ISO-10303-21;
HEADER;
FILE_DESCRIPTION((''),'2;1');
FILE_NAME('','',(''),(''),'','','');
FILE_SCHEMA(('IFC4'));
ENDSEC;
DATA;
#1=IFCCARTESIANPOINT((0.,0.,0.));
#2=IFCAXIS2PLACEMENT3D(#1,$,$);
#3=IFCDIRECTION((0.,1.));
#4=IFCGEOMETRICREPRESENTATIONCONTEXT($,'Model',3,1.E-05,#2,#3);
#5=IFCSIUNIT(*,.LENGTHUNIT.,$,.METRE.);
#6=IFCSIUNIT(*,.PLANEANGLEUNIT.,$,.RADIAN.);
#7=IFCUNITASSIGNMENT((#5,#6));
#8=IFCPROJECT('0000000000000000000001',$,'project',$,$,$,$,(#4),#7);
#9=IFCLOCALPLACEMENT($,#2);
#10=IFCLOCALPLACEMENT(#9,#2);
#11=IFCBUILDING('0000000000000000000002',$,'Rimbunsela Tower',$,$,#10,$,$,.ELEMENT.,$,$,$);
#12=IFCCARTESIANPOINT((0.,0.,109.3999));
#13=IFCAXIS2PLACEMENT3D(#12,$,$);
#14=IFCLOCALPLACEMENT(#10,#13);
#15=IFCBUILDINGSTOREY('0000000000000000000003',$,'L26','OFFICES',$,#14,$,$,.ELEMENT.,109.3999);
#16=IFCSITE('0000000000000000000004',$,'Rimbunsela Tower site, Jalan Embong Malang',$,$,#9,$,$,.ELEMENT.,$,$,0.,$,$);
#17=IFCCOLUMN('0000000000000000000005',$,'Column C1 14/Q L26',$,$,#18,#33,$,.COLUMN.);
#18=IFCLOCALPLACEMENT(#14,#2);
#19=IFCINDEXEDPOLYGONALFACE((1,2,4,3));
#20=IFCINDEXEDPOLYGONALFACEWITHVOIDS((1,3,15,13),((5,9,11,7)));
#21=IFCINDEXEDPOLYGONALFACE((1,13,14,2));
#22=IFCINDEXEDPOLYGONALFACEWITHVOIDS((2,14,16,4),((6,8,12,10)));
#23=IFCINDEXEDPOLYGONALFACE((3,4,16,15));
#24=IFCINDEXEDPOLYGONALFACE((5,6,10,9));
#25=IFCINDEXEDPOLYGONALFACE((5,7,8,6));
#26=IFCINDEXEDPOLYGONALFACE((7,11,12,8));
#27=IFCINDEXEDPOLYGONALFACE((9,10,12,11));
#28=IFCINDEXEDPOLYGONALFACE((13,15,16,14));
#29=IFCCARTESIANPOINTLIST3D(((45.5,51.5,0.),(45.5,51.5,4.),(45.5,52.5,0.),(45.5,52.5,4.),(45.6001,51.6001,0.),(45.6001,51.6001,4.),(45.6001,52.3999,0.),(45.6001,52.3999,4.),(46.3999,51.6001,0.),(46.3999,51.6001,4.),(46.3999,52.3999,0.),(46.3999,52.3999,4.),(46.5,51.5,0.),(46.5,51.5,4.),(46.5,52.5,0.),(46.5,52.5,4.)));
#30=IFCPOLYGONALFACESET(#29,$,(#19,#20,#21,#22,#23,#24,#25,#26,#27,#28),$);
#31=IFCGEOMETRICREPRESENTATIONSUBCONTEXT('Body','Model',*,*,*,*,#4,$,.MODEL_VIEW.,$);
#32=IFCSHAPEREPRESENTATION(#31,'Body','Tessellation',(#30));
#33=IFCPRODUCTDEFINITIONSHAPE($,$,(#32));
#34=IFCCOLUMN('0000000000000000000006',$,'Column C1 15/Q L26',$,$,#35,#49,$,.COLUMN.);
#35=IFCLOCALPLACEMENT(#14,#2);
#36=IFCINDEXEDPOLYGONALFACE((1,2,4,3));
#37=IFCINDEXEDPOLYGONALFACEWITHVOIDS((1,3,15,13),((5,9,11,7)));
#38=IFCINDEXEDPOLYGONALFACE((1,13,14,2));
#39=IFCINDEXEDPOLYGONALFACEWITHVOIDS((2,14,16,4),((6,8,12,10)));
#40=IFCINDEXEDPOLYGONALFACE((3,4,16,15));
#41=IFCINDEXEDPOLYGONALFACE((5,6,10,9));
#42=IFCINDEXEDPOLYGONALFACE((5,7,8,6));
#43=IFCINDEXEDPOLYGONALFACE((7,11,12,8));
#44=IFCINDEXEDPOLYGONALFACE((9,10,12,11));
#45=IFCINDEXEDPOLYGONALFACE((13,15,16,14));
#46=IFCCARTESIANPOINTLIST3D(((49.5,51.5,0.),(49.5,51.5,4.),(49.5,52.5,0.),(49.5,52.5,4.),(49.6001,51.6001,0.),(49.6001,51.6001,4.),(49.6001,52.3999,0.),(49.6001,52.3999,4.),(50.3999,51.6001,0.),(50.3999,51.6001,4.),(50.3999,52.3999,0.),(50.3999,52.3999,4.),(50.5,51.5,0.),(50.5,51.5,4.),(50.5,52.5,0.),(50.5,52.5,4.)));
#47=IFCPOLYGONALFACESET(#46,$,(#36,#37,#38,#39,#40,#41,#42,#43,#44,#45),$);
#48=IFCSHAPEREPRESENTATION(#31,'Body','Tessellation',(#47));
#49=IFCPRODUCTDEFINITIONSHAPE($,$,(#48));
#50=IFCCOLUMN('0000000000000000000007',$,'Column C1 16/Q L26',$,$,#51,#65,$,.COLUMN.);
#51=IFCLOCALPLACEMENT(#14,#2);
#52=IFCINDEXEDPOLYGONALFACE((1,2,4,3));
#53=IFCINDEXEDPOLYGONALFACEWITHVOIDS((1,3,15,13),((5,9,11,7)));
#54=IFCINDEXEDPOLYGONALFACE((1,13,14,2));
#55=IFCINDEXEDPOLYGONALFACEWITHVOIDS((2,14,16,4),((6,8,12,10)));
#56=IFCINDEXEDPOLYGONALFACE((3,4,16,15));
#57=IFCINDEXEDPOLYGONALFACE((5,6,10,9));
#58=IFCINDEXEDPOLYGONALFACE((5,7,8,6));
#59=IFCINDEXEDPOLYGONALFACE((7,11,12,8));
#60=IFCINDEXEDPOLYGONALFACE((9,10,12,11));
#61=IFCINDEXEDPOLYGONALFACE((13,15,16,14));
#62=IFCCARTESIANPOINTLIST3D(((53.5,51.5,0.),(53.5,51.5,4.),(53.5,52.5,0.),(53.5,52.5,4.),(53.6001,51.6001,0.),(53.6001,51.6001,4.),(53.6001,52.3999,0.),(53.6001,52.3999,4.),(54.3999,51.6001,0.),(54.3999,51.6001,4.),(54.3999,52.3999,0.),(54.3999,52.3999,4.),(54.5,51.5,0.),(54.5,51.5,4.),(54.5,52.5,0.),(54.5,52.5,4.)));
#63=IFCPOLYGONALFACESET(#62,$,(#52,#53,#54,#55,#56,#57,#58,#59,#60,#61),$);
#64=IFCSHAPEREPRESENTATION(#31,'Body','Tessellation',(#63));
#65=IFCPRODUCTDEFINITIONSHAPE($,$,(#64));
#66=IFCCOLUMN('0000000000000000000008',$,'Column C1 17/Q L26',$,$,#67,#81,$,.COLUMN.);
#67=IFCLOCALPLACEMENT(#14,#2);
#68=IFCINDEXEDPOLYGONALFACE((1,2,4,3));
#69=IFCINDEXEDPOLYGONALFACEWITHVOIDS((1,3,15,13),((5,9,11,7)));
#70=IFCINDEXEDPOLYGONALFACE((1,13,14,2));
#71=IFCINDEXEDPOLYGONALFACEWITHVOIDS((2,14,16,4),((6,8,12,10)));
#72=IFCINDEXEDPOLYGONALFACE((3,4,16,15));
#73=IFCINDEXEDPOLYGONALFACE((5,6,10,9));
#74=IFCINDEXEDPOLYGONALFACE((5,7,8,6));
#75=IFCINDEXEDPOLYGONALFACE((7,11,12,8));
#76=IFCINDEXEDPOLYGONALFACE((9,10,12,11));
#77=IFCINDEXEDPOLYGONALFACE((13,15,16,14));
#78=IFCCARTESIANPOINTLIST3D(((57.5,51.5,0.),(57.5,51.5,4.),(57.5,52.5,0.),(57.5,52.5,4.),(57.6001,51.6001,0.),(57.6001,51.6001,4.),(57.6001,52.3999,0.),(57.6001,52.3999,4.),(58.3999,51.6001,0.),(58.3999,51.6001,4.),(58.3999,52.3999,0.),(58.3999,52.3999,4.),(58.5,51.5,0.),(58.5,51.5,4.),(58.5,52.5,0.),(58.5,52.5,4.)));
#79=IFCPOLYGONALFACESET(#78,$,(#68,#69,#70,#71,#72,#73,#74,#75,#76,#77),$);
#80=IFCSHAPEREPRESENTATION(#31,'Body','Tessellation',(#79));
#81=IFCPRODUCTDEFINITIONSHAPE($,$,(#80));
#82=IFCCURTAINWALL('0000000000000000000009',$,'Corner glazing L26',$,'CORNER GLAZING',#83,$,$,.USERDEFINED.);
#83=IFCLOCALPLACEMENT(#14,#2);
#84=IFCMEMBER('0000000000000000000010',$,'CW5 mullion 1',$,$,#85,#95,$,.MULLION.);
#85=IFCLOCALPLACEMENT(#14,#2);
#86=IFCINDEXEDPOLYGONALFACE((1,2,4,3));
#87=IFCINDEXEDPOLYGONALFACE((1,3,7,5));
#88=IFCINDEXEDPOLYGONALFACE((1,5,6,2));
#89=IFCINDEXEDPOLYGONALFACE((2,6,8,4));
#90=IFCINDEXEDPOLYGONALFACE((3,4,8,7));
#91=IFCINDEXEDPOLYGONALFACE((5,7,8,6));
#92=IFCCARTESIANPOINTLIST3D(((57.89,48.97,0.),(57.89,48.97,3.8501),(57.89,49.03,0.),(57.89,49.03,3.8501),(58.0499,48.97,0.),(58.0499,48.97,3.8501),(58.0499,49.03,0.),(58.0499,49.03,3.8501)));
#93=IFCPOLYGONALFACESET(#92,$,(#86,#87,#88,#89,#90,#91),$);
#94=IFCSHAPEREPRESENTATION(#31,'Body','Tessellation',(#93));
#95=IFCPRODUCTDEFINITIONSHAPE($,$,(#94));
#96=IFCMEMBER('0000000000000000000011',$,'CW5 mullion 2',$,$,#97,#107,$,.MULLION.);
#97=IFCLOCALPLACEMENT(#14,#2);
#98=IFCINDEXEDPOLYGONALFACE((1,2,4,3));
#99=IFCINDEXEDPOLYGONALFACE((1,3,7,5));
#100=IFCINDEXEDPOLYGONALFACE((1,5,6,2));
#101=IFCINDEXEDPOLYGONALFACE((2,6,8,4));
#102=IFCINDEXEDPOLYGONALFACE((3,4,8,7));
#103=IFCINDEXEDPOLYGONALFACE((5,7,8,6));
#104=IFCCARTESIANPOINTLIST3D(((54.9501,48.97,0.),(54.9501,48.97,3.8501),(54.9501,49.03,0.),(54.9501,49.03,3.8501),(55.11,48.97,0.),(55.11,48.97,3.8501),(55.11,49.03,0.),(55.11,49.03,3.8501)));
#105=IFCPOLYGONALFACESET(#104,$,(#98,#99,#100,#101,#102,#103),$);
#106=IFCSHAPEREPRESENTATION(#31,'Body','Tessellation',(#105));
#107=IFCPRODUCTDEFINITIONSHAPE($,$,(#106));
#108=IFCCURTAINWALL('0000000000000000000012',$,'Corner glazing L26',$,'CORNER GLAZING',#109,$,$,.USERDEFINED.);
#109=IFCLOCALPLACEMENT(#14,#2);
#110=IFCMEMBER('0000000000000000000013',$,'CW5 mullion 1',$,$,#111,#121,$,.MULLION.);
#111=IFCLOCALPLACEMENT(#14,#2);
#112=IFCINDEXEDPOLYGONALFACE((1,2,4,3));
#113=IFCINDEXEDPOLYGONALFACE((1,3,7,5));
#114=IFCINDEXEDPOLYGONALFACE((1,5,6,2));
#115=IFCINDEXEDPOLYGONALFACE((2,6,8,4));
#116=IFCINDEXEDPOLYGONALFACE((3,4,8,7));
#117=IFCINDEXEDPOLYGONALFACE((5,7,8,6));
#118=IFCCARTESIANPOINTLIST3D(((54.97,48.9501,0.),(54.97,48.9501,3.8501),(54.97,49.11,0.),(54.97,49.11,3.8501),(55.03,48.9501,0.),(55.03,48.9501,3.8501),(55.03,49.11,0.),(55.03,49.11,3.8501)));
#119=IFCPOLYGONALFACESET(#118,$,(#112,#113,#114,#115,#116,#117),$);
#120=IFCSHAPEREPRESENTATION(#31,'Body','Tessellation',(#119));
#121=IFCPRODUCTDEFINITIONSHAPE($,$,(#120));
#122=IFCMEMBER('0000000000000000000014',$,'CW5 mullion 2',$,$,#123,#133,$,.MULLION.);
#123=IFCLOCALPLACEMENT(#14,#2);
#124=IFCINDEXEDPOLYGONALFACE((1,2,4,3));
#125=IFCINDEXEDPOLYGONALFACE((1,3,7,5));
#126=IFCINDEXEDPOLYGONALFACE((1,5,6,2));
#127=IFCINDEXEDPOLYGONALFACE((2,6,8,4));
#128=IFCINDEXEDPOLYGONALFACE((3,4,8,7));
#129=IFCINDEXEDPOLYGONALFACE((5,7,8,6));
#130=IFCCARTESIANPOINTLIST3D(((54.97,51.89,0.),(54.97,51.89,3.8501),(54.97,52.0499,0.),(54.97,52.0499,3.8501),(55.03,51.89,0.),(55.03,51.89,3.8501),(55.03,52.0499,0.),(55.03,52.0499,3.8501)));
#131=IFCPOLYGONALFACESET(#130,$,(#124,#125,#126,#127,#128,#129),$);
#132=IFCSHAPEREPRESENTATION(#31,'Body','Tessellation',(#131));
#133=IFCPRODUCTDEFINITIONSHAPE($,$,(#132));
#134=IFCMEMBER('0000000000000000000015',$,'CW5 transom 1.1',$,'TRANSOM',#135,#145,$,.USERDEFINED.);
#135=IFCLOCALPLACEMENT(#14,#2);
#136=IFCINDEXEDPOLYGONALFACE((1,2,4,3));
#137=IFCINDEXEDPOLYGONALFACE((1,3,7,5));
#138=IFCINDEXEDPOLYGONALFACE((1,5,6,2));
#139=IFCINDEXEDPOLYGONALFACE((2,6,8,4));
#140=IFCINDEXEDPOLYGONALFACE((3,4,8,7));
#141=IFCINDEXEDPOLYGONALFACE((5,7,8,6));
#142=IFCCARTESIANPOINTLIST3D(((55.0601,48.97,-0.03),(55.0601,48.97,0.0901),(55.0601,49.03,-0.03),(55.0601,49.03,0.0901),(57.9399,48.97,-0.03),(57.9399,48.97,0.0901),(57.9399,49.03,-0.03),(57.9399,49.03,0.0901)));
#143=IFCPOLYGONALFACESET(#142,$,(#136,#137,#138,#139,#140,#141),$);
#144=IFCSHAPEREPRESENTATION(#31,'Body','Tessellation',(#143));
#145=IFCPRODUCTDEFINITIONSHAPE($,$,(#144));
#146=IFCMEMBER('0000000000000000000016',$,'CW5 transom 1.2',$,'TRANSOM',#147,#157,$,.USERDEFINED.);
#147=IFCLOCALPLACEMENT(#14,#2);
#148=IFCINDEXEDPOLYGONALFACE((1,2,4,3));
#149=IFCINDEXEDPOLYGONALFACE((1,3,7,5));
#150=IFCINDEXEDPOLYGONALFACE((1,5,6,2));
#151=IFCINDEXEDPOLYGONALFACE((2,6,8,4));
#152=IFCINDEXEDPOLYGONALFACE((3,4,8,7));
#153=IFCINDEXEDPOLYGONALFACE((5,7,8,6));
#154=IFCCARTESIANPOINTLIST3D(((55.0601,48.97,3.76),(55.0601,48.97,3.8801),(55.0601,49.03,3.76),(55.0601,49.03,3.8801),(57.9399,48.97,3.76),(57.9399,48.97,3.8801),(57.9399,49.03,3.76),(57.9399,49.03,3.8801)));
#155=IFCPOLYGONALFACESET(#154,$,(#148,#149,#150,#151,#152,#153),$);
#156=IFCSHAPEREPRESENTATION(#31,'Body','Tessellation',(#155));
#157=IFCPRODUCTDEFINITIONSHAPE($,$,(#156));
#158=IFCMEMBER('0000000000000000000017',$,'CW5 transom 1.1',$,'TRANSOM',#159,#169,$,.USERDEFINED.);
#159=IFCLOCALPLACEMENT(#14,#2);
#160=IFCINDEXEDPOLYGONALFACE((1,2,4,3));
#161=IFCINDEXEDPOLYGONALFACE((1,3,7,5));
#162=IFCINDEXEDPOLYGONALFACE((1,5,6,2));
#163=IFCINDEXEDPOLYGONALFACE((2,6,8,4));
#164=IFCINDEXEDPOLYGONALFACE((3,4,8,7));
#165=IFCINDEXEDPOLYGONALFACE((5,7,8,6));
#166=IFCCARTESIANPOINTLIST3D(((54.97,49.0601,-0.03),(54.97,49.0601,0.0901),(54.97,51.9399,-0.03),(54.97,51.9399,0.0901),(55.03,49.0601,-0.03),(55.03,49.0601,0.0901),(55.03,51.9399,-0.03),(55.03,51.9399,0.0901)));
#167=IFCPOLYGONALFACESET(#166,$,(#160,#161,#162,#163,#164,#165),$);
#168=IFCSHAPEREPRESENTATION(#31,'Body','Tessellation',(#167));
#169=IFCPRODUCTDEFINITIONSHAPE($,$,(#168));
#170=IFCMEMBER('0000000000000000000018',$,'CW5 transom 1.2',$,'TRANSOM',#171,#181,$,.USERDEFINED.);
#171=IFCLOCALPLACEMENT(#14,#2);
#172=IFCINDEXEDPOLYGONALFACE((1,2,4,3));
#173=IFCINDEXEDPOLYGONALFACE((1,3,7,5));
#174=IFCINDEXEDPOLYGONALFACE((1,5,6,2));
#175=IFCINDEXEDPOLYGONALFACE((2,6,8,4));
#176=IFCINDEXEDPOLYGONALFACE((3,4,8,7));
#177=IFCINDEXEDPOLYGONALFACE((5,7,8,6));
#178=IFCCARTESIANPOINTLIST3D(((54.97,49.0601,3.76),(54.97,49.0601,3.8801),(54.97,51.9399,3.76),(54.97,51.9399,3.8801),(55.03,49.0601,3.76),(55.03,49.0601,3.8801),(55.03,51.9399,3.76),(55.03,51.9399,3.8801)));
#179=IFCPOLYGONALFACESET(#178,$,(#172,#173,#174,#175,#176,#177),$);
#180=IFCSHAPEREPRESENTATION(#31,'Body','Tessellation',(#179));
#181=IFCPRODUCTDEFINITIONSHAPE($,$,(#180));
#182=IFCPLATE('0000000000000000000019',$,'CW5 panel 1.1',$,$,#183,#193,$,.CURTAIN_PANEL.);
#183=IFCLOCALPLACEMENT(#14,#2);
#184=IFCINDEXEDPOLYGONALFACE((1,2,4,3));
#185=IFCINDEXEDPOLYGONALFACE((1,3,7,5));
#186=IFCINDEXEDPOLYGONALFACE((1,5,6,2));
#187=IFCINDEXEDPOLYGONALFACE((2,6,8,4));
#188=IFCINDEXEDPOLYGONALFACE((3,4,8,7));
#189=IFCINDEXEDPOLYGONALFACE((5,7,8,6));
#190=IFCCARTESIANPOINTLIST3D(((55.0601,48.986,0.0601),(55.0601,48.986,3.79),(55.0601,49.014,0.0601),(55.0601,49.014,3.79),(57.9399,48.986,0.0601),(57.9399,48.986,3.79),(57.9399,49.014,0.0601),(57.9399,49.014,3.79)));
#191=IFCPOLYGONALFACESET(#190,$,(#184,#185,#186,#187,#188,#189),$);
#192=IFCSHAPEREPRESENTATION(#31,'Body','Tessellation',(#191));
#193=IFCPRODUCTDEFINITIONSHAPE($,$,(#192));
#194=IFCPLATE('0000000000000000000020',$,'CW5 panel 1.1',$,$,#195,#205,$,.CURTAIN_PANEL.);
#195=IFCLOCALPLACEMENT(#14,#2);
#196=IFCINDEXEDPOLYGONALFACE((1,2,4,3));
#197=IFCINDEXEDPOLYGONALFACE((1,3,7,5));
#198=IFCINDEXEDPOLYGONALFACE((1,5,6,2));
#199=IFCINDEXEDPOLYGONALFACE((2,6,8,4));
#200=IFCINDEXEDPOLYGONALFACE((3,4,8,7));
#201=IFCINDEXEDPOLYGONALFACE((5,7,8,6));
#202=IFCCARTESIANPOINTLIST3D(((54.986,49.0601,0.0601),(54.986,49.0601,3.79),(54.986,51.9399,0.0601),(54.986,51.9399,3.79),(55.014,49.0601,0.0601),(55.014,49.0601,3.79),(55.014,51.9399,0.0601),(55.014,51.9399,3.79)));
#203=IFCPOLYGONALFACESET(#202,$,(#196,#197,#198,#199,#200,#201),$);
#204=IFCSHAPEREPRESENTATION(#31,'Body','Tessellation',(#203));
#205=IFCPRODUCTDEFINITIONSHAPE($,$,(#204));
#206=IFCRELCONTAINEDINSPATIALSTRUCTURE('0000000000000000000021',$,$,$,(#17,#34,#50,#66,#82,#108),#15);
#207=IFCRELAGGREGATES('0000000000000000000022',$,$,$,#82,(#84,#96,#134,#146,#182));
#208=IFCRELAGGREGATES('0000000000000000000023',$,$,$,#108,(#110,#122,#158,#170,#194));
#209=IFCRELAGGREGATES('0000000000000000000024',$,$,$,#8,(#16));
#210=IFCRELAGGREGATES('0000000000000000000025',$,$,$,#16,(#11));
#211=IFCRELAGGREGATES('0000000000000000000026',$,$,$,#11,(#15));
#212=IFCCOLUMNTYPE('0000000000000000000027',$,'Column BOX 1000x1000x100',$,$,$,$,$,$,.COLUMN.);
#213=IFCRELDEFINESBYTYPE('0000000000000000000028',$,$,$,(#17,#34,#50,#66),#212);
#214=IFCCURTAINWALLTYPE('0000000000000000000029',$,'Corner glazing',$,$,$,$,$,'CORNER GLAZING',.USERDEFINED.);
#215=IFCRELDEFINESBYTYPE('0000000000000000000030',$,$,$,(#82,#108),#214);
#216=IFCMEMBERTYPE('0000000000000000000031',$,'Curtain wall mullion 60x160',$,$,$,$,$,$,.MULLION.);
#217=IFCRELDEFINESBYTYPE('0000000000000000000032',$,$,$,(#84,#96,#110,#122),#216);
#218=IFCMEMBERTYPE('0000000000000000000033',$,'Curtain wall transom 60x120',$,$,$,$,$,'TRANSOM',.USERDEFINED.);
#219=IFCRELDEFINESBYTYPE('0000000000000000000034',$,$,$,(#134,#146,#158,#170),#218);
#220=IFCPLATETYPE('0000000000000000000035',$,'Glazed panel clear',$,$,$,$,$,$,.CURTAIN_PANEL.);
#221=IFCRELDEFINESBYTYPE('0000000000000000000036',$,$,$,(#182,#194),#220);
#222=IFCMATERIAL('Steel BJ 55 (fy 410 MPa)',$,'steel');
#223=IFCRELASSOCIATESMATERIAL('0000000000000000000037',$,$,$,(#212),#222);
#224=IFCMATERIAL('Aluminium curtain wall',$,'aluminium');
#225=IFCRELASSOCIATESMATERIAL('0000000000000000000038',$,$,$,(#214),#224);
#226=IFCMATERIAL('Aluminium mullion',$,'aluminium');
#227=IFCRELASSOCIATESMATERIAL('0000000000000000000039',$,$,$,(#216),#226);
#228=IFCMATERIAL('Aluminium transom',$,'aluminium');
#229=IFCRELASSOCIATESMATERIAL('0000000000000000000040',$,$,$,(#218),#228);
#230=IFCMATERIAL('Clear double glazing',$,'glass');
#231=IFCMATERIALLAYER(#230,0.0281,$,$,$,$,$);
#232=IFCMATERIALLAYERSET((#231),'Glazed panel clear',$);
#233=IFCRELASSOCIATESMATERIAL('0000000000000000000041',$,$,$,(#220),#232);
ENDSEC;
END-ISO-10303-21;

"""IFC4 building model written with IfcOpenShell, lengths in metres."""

from ifc_helpers import new_model, si_unit, direction, frame, origin, origin_2d, place, context, subcontext, project, spatial, rectangle, hollow_rectangle, extrude, material, layer, layer_set, material_profile, profile_set, type_object, element, aggregate, save


model = new_model("IFC4")

# Units and contexts
model_context = context("Model", 3, precision=1e-05, world=origin(), true_north=direction((0.0, 1.0)))
body_context = subcontext(model_context, "Body", "Model", "MODEL_VIEW")
ifc_project = project(units=[si_unit("LENGTHUNIT", "METRE"), si_unit("PLANEANGLEUNIT", "RADIAN")], contexts=[model_context])

# Site, building, storey
site_placement = place(None, origin())
site = spatial("IfcSite", under=ifc_project, at=site_placement, Name="Rimbunsela Tower site, Jalan Embong Malang", CompositionType="ELEMENT", RefElevation=0.0)
building_placement = place(site_placement, origin())
building = spatial("IfcBuilding", under=site, at=building_placement, Name="Rimbunsela Tower", CompositionType="ELEMENT")
storey_placement = place(building_placement, frame((0.0, 0.0, 109.3999)))
storey = spatial("IfcBuildingStorey", under=building, at=storey_placement, Name="L26", Description="OFFICES", CompositionType="ELEMENT", Elevation=109.3999)

# Columns
ifc_material_1 = material(Name="Steel BJ 55 (fy 410 MPa)", Category="steel")
ifc_material_profile_1 = material_profile(ifc_material_1, hollow_rectangle(XDim=1.0, YDim=1.0, WallThickness=0.1001, at=origin_2d()), Name="BOX 1000x1000x100")
ifc_profile_set_1 = profile_set([ifc_material_profile_1], Name="Steel BJ 55 (fy 410 MPa)")
column_type = type_object("IfcColumnType", Name="Column BOX 1000x1000x100", PredefinedType="COLUMN", material=ifc_profile_set_1)
for number, where, z_axis, x_axis, name in (
    (1, (46.0, 52.0, 0.0), (0.0, 0.0, 1.0), (1.0, 0.0, 0.0), "Column C1 14/Q L26"),
    (2, (50.0, 52.0, 0.0), (0.0, 0.0, 1.0), (1.0, 0.0, 0.0), "Column C1 15/Q L26"),
    (3, (54.0, 52.0, 0.0), (0.0, 0.0, 1.0), (1.0, 0.0, 0.0), "Column C1 16/Q L26"),
    (4, (58.0, 52.0, 0.0), (0.0, 0.0, 1.0), (1.0, 0.0, 0.0), "Column C1 17/Q L26"),
):
    element("IfcColumn", number, at=place(storey_placement, frame(where, z_axis=z_axis, x_axis=x_axis)), inside=storey, type_object=column_type, Name=name, PredefinedType="COLUMN", context=body_context, shape_type="SweptSolid", body=[
        extrude(hollow_rectangle(XDim=1.0, YDim=1.0, WallThickness=0.1001, at=origin_2d()), origin(), (0.0, 0.0, 1.0), 4.0),
    ])

# Curtain walls, members
ifc_material_2 = material(Name="Aluminium curtain wall", Category="aluminium")
curtain_wall_type = type_object("IfcCurtainWallType", Name="Corner glazing", ElementType="CORNER GLAZING", PredefinedType="USERDEFINED", material=ifc_material_2)
curtain_wall_1_placement = place(storey_placement, origin())
curtain_wall_1 = element("IfcCurtainWall", 5, at=curtain_wall_1_placement, inside=storey, type_object=curtain_wall_type, Name="Corner glazing L26", ObjectType="CORNER GLAZING", PredefinedType="USERDEFINED")
ifc_material_3 = material(Name="Aluminium mullion", Category="aluminium")
ifc_material_profile_2 = material_profile(ifc_material_3, rectangle(XDim=0.0601, YDim=0.1599, at=origin_2d()), Name="Mullion 60x160")
ifc_profile_set_2 = profile_set([ifc_material_profile_2], Name="Aluminium mullion")
member_type_1 = type_object("IfcMemberType", Name="Curtain wall mullion 60x160", PredefinedType="MULLION", material=ifc_profile_set_2)
member_1_placement = place(storey_placement, frame((57.97, 49.0, 0.0), z_axis=(0.0, 0.0, 1.0), x_axis=(0.0, -1.0, 0.0)))
member_1 = element("IfcMember", 6, at=member_1_placement, type_object=member_type_1, Name="CW5 mullion 1", PredefinedType="MULLION", context=body_context, shape_type="SweptSolid", body=[
    extrude(rectangle(XDim=0.0601, YDim=0.1599, at=origin_2d()), origin(), (0.0, 0.0, 1.0), 3.8501),
])
member_2_placement = place(storey_placement, frame((55.03, 49.0, 0.0), z_axis=(0.0, 0.0, 1.0), x_axis=(0.0, -1.0, 0.0)))
member_2 = element("IfcMember", 7, at=member_2_placement, type_object=member_type_1, Name="CW5 mullion 2", PredefinedType="MULLION", context=body_context, shape_type="SweptSolid", body=[
    extrude(rectangle(XDim=0.0601, YDim=0.1599, at=origin_2d()), origin(), (0.0, 0.0, 1.0), 3.8501),
])
curtain_wall_2_placement = place(storey_placement, origin())
curtain_wall_2 = element("IfcCurtainWall", 8, at=curtain_wall_2_placement, inside=storey, type_object=curtain_wall_type, Name="Corner glazing L26", ObjectType="CORNER GLAZING", PredefinedType="USERDEFINED")
member_3_placement = place(storey_placement, frame((55.0, 49.03, 0.0), z_axis=(0.0, 0.0, 1.0), x_axis=(-1.0, 0.0, 0.0)))
member_3 = element("IfcMember", 9, at=member_3_placement, type_object=member_type_1, Name="CW5 mullion 1", PredefinedType="MULLION", context=body_context, shape_type="SweptSolid", body=[
    extrude(rectangle(XDim=0.0601, YDim=0.1599, at=origin_2d()), origin(), (0.0, 0.0, 1.0), 3.8501),
])
member_4_placement = place(storey_placement, frame((55.0, 51.97, 0.0), z_axis=(0.0, 0.0, 1.0), x_axis=(-1.0, 0.0, 0.0)))
member_4 = element("IfcMember", 10, at=member_4_placement, type_object=member_type_1, Name="CW5 mullion 2", PredefinedType="MULLION", context=body_context, shape_type="SweptSolid", body=[
    extrude(rectangle(XDim=0.0601, YDim=0.1599, at=origin_2d()), origin(), (0.0, 0.0, 1.0), 3.8501),
])

# Members
ifc_material_4 = material(Name="Aluminium transom", Category="aluminium")
ifc_material_profile_3 = material_profile(ifc_material_4, rectangle(XDim=0.0601, YDim=0.1201, at=origin_2d()), Name="Transom 60x120")
ifc_profile_set_3 = profile_set([ifc_material_profile_3], Name="Aluminium transom")
member_type_2 = type_object("IfcMemberType", Name="Curtain wall transom 60x120", ElementType="TRANSOM", PredefinedType="USERDEFINED", material=ifc_profile_set_3)
member_5_placement = place(storey_placement, frame((57.9399, 49.0, 0.03), z_axis=(-1.0, 0.0, 0.0), x_axis=(0.0, -1.0, 0.0)))
member_5 = element("IfcMember", 11, at=member_5_placement, type_object=member_type_2, Name="CW5 transom 1.1", ObjectType="TRANSOM", PredefinedType="USERDEFINED", context=body_context, shape_type="SweptSolid", body=[
    extrude(rectangle(XDim=0.0601, YDim=0.1201, at=origin_2d()), origin(), (0.0, 0.0, 1.0), 2.8799),
])
member_6_placement = place(storey_placement, frame((57.9399, 49.0, 3.8201), z_axis=(-1.0, 0.0, 0.0), x_axis=(0.0, -1.0, 0.0)))
member_6 = element("IfcMember", 12, at=member_6_placement, type_object=member_type_2, Name="CW5 transom 1.2", ObjectType="TRANSOM", PredefinedType="USERDEFINED", context=body_context, shape_type="SweptSolid", body=[
    extrude(rectangle(XDim=0.0601, YDim=0.1201, at=origin_2d()), origin(), (0.0, 0.0, 1.0), 2.8799),
])
member_7_placement = place(storey_placement, frame((55.0, 49.0601, 0.03), z_axis=(0.0, 1.0, 0.0), x_axis=(-1.0, 0.0, 0.0)))
member_7 = element("IfcMember", 13, at=member_7_placement, type_object=member_type_2, Name="CW5 transom 1.1", ObjectType="TRANSOM", PredefinedType="USERDEFINED", context=body_context, shape_type="SweptSolid", body=[
    extrude(rectangle(XDim=0.0601, YDim=0.1201, at=origin_2d()), origin(), (0.0, 0.0, 1.0), 2.8799),
])
member_8_placement = place(storey_placement, frame((55.0, 49.0601, 3.8201), z_axis=(0.0, 1.0, 0.0), x_axis=(-1.0, 0.0, 0.0)))
member_8 = element("IfcMember", 14, at=member_8_placement, type_object=member_type_2, Name="CW5 transom 1.2", ObjectType="TRANSOM", PredefinedType="USERDEFINED", context=body_context, shape_type="SweptSolid", body=[
    extrude(rectangle(XDim=0.0601, YDim=0.1201, at=origin_2d()), origin(), (0.0, 0.0, 1.0), 2.8799),
])

# Plates
ifc_material_5 = material(Name="Clear double glazing", Category="glass")
ifc_layer_1 = layer(ifc_material_5, 0.0281)
ifc_layer_set_1 = layer_set([ifc_layer_1], Name="Glazed panel clear")
plate_type = type_object("IfcPlateType", Name="Glazed panel clear", PredefinedType="CURTAIN_PANEL", material=ifc_layer_set_1)
plate_1_placement = place(storey_placement, frame((56.5, 49.0, 0.0601), z_axis=(0.0, 0.0, 1.0), x_axis=(-1.0, 0.0, 0.0)))
plate_1 = element("IfcPlate", 15, at=plate_1_placement, type_object=plate_type, Name="CW5 panel 1.1", PredefinedType="CURTAIN_PANEL", context=body_context, shape_type="SweptSolid", body=[
    extrude(rectangle(XDim=2.8799, YDim=0.0281, at=origin_2d()), origin(), (0.0, 0.0, 1.0), 3.73),
])
aggregate(curtain_wall_1, [member_1, member_2, member_5, member_6, plate_1])
plate_2_placement = place(storey_placement, frame((55.0, 50.5, 0.0601), z_axis=(0.0, 0.0, 1.0), x_axis=(0.0, 1.0, 0.0)))
plate_2 = element("IfcPlate", 16, at=plate_2_placement, type_object=plate_type, Name="CW5 panel 1.1", PredefinedType="CURTAIN_PANEL", context=body_context, shape_type="SweptSolid", body=[
    extrude(rectangle(XDim=2.8799, YDim=0.0281, at=origin_2d()), origin(), (0.0, 0.0, 1.0), 3.73),
])
aggregate(curtain_wall_2, [member_3, member_4, member_7, member_8, plate_2])

save(model, "model.ifc")
